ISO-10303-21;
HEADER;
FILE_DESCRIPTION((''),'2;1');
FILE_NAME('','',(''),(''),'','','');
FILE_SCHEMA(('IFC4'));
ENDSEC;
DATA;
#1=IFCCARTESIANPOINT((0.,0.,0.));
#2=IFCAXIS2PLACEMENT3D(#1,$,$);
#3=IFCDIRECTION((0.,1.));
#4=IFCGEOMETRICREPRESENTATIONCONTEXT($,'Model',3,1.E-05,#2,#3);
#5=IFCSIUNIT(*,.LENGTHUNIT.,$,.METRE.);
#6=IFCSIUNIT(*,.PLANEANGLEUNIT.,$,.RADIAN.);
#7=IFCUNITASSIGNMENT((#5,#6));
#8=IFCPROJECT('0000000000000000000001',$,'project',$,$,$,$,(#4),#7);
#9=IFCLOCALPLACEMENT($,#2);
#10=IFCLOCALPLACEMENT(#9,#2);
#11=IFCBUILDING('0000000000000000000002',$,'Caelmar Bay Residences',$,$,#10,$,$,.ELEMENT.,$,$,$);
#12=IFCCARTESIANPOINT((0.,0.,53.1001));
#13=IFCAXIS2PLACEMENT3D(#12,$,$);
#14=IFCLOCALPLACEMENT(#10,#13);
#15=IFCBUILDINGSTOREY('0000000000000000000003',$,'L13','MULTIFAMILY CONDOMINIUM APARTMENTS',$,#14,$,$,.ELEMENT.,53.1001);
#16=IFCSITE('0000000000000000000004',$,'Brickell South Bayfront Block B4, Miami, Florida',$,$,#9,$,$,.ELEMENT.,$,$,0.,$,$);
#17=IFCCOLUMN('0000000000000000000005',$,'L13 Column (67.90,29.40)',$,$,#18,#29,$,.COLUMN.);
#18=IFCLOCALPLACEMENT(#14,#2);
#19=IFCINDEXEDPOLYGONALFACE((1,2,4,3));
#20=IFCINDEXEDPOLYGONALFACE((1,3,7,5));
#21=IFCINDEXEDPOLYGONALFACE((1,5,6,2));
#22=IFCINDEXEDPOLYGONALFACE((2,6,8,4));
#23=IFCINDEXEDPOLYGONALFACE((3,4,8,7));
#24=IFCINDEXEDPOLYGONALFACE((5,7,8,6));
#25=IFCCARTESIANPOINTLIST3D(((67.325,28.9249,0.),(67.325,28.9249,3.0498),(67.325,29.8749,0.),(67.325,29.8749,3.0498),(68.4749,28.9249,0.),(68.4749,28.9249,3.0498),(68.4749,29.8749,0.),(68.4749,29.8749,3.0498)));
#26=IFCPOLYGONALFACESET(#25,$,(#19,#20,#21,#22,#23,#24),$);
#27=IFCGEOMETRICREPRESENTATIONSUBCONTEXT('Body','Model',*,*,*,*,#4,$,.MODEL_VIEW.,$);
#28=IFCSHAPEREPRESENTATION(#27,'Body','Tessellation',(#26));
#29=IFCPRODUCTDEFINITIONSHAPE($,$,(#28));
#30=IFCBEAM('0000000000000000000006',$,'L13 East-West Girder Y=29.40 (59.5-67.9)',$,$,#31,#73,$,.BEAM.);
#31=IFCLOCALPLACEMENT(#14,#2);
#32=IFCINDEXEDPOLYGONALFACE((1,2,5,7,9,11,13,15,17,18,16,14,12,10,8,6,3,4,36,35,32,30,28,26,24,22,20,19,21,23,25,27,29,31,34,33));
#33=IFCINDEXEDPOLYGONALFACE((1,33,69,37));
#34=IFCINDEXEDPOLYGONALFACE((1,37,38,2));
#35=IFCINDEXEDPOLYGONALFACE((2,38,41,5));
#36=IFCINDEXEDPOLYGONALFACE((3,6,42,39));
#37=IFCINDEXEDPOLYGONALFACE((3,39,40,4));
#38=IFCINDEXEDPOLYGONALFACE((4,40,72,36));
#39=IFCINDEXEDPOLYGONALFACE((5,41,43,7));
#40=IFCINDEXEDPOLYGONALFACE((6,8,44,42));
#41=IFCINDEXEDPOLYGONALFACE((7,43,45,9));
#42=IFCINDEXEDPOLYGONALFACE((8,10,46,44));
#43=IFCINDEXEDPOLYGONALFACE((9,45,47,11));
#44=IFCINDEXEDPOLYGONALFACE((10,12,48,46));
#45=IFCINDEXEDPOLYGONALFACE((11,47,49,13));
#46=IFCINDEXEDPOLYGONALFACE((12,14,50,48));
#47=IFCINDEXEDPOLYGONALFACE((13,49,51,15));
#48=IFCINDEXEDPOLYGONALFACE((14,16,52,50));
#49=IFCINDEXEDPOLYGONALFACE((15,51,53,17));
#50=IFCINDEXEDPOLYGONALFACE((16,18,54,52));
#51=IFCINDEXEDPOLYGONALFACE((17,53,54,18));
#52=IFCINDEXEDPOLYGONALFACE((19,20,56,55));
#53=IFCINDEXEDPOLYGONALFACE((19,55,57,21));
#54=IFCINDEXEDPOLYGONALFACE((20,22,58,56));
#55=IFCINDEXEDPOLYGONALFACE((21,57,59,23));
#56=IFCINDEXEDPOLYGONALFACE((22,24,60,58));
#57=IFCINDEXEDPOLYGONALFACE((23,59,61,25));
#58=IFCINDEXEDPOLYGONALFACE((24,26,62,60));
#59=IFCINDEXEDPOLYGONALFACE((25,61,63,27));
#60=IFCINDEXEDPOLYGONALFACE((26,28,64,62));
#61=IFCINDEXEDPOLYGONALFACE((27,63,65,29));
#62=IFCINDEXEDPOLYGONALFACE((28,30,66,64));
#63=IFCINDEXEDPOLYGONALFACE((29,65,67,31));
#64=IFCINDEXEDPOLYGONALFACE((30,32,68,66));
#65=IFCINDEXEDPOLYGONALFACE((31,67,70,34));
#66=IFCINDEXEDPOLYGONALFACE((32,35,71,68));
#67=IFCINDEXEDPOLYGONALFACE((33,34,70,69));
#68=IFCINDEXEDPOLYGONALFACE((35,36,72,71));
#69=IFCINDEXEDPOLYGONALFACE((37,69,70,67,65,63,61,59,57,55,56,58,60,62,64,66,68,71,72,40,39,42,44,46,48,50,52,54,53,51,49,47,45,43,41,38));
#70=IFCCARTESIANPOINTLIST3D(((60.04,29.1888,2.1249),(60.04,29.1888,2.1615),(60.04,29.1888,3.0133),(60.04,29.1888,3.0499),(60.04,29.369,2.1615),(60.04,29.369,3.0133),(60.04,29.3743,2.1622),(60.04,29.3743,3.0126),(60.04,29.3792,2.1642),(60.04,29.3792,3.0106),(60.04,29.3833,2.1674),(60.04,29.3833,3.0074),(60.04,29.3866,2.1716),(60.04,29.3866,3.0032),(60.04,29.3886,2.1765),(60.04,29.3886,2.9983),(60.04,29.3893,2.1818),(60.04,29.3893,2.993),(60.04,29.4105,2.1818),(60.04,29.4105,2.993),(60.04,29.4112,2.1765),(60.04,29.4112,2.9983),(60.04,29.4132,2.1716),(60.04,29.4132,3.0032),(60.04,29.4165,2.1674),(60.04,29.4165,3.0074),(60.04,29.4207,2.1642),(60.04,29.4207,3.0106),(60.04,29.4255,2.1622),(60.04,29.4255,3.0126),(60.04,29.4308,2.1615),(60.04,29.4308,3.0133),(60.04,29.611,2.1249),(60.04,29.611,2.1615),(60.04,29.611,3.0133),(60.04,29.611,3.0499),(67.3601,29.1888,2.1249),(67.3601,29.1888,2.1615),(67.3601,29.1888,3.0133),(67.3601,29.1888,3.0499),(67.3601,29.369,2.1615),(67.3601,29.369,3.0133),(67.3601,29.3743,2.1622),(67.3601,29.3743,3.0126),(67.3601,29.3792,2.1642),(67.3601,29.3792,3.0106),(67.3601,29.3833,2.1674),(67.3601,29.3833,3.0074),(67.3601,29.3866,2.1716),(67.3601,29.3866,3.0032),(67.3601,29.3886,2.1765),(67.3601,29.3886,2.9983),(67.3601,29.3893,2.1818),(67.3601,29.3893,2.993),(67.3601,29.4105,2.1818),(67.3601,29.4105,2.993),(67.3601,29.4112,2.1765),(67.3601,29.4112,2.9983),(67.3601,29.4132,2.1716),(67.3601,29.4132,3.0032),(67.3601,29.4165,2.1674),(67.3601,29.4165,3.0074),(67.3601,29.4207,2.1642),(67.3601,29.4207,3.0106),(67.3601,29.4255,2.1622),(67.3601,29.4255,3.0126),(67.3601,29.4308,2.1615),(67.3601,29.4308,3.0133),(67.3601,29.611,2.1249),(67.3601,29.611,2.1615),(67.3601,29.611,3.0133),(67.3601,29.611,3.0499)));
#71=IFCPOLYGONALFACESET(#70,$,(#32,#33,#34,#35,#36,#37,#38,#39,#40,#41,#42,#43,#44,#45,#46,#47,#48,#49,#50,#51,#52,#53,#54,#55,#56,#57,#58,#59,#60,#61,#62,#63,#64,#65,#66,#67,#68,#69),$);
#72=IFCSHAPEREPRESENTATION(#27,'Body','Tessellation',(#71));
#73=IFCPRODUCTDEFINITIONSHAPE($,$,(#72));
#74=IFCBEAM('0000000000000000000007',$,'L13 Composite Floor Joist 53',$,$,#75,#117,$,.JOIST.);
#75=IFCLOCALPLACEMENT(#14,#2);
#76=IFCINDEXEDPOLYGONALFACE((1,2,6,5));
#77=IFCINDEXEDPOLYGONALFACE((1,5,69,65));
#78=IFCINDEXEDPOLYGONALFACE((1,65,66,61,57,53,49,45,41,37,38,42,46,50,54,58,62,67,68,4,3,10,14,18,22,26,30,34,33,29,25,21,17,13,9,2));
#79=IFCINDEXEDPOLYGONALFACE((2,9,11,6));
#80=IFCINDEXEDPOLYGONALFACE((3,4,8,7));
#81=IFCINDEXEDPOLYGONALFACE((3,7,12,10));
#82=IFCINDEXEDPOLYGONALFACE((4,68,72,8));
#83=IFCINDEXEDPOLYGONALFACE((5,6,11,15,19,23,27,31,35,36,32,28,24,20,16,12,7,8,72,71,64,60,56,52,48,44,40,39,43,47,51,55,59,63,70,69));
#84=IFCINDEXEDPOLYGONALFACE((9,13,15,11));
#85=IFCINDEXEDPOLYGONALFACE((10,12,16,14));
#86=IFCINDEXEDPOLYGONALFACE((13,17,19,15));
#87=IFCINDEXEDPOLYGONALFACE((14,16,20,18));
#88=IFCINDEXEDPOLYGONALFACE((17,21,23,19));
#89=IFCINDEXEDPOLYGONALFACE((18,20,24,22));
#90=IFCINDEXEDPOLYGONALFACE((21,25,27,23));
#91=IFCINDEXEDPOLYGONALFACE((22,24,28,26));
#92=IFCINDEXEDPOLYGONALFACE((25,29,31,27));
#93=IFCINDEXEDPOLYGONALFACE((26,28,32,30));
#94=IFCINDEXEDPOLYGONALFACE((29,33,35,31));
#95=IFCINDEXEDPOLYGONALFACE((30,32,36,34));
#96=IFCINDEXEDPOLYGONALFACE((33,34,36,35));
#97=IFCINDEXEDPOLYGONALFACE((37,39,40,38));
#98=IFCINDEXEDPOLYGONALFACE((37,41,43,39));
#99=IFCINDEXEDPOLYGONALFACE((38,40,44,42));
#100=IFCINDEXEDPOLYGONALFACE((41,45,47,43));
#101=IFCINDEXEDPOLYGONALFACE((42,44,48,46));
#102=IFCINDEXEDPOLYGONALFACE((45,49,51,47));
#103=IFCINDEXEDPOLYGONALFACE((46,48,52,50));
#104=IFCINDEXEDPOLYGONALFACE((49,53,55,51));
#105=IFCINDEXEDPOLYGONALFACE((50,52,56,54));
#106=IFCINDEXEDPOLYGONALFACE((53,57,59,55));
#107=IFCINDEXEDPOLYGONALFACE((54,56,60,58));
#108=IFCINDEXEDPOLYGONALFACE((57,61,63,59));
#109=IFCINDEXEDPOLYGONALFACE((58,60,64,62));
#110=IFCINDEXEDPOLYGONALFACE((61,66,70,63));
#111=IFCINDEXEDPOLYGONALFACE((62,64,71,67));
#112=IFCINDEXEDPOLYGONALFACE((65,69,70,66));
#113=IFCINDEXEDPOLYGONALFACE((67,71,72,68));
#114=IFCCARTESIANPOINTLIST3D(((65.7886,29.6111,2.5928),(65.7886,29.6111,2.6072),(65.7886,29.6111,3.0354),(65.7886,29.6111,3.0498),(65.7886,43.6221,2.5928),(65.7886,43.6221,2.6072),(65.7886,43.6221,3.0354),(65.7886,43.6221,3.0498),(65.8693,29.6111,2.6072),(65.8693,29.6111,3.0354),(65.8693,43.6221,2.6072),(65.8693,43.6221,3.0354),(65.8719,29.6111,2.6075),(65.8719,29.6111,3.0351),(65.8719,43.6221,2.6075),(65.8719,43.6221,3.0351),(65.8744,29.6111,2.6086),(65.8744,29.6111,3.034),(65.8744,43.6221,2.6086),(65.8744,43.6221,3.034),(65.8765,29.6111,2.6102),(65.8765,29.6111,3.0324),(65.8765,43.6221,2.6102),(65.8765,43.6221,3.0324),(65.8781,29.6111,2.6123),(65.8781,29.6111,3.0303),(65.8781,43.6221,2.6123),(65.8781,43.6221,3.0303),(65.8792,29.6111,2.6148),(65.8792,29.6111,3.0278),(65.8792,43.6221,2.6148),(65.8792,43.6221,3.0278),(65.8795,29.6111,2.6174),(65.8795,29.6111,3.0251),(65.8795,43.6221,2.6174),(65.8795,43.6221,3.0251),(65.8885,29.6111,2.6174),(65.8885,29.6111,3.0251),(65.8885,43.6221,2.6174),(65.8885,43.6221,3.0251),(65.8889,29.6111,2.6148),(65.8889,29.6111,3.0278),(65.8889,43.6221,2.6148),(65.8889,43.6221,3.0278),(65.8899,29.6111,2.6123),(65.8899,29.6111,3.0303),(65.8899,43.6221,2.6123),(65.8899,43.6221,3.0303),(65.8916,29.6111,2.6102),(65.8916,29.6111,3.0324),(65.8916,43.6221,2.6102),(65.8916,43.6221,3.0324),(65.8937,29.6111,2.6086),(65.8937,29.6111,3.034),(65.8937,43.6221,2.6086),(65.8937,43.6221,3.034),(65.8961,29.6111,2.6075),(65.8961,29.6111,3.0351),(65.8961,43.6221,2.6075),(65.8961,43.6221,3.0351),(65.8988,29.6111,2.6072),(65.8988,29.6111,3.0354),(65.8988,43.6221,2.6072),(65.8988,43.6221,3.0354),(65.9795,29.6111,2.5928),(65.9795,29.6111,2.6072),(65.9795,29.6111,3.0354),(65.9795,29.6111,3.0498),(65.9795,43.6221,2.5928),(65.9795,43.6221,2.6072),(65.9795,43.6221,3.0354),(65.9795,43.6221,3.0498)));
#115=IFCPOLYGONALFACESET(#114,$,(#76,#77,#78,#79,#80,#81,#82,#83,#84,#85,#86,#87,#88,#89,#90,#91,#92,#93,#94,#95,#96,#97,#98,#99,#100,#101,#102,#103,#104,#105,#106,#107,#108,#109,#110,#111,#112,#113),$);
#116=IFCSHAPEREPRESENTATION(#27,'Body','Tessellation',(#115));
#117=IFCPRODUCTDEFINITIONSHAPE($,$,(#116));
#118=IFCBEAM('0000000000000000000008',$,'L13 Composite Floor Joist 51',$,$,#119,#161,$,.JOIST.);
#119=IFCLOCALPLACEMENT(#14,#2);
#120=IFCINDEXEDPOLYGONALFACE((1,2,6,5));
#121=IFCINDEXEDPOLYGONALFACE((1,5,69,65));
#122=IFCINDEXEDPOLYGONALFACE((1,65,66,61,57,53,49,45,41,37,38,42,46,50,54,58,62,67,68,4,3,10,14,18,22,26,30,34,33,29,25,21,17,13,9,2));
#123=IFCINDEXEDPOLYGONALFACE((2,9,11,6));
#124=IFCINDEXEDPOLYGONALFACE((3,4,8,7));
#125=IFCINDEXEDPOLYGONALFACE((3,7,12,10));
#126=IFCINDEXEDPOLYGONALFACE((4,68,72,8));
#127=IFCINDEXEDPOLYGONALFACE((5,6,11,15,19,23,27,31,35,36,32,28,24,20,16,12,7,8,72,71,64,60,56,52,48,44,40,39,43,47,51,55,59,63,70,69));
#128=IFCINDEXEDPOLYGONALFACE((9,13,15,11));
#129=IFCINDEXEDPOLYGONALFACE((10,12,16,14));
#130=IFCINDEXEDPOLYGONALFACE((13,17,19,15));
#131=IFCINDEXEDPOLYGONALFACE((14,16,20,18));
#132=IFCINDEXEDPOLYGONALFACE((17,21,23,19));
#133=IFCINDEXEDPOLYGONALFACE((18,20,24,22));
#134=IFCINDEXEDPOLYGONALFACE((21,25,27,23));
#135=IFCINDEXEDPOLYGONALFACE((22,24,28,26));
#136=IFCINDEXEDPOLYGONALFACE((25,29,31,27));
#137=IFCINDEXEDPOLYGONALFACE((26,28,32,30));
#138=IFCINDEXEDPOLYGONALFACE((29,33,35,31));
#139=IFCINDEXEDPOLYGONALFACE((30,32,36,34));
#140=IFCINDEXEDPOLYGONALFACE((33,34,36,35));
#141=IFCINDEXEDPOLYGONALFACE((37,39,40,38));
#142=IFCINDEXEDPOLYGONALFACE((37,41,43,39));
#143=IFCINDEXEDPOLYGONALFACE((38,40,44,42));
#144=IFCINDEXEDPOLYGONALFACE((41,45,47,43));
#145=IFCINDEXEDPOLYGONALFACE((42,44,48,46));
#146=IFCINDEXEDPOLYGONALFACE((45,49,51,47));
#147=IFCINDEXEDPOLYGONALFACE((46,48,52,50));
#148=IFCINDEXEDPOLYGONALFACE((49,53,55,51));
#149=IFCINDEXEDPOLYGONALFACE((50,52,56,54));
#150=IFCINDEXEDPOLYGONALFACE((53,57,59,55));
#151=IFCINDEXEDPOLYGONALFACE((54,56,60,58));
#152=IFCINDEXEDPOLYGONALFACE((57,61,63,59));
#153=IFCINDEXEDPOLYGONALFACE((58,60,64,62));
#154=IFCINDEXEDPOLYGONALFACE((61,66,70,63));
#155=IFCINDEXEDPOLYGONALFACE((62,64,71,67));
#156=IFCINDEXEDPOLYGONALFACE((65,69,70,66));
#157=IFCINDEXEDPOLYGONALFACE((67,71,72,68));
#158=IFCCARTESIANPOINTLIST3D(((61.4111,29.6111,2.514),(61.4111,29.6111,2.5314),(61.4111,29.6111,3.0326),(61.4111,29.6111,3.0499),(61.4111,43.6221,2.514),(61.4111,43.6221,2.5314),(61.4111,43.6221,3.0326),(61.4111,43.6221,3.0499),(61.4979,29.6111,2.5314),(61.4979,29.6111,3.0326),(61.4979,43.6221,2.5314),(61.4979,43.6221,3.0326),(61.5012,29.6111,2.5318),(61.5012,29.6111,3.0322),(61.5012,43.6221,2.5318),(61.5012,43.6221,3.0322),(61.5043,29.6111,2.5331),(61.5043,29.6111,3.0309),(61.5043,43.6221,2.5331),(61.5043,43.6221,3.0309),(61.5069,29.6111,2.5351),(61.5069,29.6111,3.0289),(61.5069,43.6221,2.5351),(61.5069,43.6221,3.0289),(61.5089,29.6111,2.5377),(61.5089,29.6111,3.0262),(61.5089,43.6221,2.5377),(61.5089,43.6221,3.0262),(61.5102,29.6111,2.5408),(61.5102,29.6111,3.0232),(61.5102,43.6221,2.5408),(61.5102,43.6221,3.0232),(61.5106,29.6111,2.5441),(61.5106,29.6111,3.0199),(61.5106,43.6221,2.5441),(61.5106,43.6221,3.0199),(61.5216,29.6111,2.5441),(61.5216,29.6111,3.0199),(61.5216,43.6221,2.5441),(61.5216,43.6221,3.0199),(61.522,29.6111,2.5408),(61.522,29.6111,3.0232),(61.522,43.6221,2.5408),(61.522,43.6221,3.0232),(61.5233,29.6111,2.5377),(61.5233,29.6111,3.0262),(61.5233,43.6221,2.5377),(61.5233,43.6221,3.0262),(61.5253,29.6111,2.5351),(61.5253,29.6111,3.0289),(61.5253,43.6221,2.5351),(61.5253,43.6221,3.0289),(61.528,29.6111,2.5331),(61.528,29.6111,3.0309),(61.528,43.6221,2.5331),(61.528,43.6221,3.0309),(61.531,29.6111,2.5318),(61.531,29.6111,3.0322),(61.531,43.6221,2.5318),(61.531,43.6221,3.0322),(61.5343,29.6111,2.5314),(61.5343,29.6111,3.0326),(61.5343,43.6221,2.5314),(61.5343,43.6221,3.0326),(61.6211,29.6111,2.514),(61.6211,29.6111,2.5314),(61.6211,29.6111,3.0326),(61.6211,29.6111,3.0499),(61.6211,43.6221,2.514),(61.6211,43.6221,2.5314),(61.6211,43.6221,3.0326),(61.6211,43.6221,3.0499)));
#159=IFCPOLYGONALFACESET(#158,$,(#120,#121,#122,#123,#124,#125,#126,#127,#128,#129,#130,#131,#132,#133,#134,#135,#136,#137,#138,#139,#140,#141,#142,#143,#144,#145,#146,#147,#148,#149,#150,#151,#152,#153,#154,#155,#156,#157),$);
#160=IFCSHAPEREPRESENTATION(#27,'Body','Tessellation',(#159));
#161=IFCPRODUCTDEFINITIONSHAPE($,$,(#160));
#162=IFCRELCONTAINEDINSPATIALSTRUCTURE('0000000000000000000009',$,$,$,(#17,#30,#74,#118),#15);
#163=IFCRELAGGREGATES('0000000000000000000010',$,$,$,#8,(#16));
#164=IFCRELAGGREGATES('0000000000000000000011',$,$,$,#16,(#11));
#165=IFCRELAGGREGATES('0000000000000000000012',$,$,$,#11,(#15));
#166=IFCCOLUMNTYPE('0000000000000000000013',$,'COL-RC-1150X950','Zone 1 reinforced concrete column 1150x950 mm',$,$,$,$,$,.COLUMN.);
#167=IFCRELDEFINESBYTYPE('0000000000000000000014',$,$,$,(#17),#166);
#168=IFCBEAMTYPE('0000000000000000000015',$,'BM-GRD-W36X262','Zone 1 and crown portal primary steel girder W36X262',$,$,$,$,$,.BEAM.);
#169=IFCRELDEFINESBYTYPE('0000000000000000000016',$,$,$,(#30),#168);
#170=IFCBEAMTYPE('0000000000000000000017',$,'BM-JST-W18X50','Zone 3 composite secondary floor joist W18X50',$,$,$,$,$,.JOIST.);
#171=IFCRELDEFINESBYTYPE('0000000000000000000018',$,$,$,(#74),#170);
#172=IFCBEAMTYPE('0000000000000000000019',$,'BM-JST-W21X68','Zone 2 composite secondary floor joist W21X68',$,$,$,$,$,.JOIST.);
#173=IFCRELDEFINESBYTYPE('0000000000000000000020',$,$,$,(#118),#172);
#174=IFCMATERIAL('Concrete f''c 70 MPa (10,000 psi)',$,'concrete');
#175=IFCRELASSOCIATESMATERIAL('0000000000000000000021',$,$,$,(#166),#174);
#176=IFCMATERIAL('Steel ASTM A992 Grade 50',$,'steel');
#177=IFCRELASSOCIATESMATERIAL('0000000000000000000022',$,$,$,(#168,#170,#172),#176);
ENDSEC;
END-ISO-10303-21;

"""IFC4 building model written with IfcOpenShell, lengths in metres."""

from ifc_helpers import new_model, si_unit, direction, frame, origin, origin_2d, place, context, subcontext, project, spatial, rectangle, i_section, extrude, material, material_profile, profile_set, type_object, element, save


model = new_model("IFC4")

# Units and contexts
model_context = context("Model", 3, precision=1e-05, world=origin(), true_north=direction((0.0, 1.0)))
body_context = subcontext(model_context, "Body", "Model", "MODEL_VIEW")
ifc_project = project(units=[si_unit("LENGTHUNIT", "METRE"), si_unit("PLANEANGLEUNIT", "RADIAN")], contexts=[model_context])

# Site, building, storey
site_placement = place(None, origin())
site = spatial("IfcSite", under=ifc_project, at=site_placement, Name="Brickell South Bayfront Block B4, Miami, Florida", CompositionType="ELEMENT", RefElevation=0.0)
building_placement = place(site_placement, origin())
building = spatial("IfcBuilding", under=site, at=building_placement, Name="Caelmar Bay Residences", CompositionType="ELEMENT")
storey_placement = place(building_placement, frame((0.0, 0.0, 53.1001)))
storey = spatial("IfcBuildingStorey", under=building, at=storey_placement, Name="L13", Description="MULTIFAMILY CONDOMINIUM APARTMENTS", CompositionType="ELEMENT", Elevation=53.1001)

# Column
ifc_material_1 = material(Name="Concrete f'c 70 MPa (10,000 psi)", Category="concrete")
ifc_material_profile_1 = material_profile(ifc_material_1, rectangle(XDim=1.1499, YDim=0.95, at=origin_2d()), Name="RC-COL-1150X950")
ifc_profile_set_1 = profile_set([ifc_material_profile_1], Name="Concrete f'c 70 MPa (10,000 psi)")
column_type = type_object("IfcColumnType", Name="COL-RC-1150X950", Description="Zone 1 reinforced concrete column 1150x950 mm", PredefinedType="COLUMN", material=ifc_profile_set_1)
column_placement = place(storey_placement, frame((67.8999, 29.3999, 0.0), z_axis=(0.0, 0.0, 1.0), x_axis=(1.0, 0.0, 0.0)))
element("IfcColumn", 1, at=column_placement, inside=storey, type_object=column_type, Name="L13 Column (67.90,29.40)", PredefinedType="COLUMN", context=body_context, shape_type="SweptSolid", body=[
    extrude(rectangle(XDim=1.1499, YDim=0.95, at=origin_2d()), origin(), (0.0, 0.0, 1.0), 3.0498),
])

# Beams
ifc_material_2 = material(Name="Steel ASTM A992 Grade 50", Category="steel")
ifc_material_profile_2 = material_profile(ifc_material_2, i_section(OverallWidth=0.4221, OverallDepth=0.925, WebThickness=0.0212, FlangeThickness=0.0366, FilletRadius=0.0203, at=origin_2d()), Name="W36X262")
ifc_profile_set_2 = profile_set([ifc_material_profile_2], Name="Steel ASTM A992 Grade 50")
beam_type_1 = type_object("IfcBeamType", Name="BM-GRD-W36X262", Description="Zone 1 and crown portal primary steel girder W36X262", PredefinedType="BEAM", material=ifc_profile_set_2)
beam_1_placement = place(storey_placement, frame((60.04, 29.3999, 2.5874), z_axis=(1.0, 0.0, 0.0), x_axis=(0.0, 1.0, 0.0)))
element("IfcBeam", 2, at=beam_1_placement, inside=storey, type_object=beam_type_1, Name="L13 East-West Girder Y=29.40 (59.5-67.9)", PredefinedType="BEAM", context=body_context, shape_type="SweptSolid", body=[
    extrude(i_section(OverallWidth=0.4221, OverallDepth=0.925, WebThickness=0.0212, FlangeThickness=0.0366, FilletRadius=0.0203, at=origin_2d()), origin(), (0.0, 0.0, 1.0), 7.3201),
])
ifc_material_profile_3 = material_profile(ifc_material_2, i_section(OverallWidth=0.1909, OverallDepth=0.457, WebThickness=0.009, FlangeThickness=0.0144, FilletRadius=0.0103, at=origin_2d()), Name="W18X50")
ifc_profile_set_3 = profile_set([ifc_material_profile_3], Name="Steel ASTM A992 Grade 50")
beam_type_2 = type_object("IfcBeamType", Name="BM-JST-W18X50", Description="Zone 3 composite secondary floor joist W18X50", PredefinedType="JOIST", material=ifc_profile_set_3)
beam_2_placement = place(storey_placement, frame((65.884, 29.6111, 2.8213), z_axis=(0.0, 1.0, 0.0), x_axis=(-1.0, 0.0, 0.0)))
element("IfcBeam", 3, at=beam_2_placement, inside=storey, type_object=beam_type_2, Name="L13 Composite Floor Joist 53", PredefinedType="JOIST", context=body_context, shape_type="SweptSolid", body=[
    extrude(i_section(OverallWidth=0.1909, OverallDepth=0.457, WebThickness=0.009, FlangeThickness=0.0144, FilletRadius=0.0103, at=origin_2d()), origin(), (0.0, 0.0, 1.0), 14.011),
])
ifc_material_profile_4 = material_profile(ifc_material_2, i_section(OverallWidth=0.21, OverallDepth=0.5359, WebThickness=0.011, FlangeThickness=0.0173, FilletRadius=0.0127, at=origin_2d()), Name="W21X68")
ifc_profile_set_4 = profile_set([ifc_material_profile_4], Name="Steel ASTM A992 Grade 50")
beam_type_3 = type_object("IfcBeamType", Name="BM-JST-W21X68", Description="Zone 2 composite secondary floor joist W21X68", PredefinedType="JOIST", material=ifc_profile_set_4)
beam_3_placement = place(storey_placement, frame((61.5161, 29.6111, 2.782), z_axis=(0.0, 1.0, 0.0), x_axis=(-1.0, 0.0, 0.0)))
element("IfcBeam", 4, at=beam_3_placement, inside=storey, type_object=beam_type_3, Name="L13 Composite Floor Joist 51", PredefinedType="JOIST", context=body_context, shape_type="SweptSolid", body=[
    extrude(i_section(OverallWidth=0.21, OverallDepth=0.5359, WebThickness=0.011, FlangeThickness=0.0173, FilletRadius=0.0127, at=origin_2d()), origin(), (0.0, 0.0, 1.0), 14.011),
])

save(model, "model.ifc")
